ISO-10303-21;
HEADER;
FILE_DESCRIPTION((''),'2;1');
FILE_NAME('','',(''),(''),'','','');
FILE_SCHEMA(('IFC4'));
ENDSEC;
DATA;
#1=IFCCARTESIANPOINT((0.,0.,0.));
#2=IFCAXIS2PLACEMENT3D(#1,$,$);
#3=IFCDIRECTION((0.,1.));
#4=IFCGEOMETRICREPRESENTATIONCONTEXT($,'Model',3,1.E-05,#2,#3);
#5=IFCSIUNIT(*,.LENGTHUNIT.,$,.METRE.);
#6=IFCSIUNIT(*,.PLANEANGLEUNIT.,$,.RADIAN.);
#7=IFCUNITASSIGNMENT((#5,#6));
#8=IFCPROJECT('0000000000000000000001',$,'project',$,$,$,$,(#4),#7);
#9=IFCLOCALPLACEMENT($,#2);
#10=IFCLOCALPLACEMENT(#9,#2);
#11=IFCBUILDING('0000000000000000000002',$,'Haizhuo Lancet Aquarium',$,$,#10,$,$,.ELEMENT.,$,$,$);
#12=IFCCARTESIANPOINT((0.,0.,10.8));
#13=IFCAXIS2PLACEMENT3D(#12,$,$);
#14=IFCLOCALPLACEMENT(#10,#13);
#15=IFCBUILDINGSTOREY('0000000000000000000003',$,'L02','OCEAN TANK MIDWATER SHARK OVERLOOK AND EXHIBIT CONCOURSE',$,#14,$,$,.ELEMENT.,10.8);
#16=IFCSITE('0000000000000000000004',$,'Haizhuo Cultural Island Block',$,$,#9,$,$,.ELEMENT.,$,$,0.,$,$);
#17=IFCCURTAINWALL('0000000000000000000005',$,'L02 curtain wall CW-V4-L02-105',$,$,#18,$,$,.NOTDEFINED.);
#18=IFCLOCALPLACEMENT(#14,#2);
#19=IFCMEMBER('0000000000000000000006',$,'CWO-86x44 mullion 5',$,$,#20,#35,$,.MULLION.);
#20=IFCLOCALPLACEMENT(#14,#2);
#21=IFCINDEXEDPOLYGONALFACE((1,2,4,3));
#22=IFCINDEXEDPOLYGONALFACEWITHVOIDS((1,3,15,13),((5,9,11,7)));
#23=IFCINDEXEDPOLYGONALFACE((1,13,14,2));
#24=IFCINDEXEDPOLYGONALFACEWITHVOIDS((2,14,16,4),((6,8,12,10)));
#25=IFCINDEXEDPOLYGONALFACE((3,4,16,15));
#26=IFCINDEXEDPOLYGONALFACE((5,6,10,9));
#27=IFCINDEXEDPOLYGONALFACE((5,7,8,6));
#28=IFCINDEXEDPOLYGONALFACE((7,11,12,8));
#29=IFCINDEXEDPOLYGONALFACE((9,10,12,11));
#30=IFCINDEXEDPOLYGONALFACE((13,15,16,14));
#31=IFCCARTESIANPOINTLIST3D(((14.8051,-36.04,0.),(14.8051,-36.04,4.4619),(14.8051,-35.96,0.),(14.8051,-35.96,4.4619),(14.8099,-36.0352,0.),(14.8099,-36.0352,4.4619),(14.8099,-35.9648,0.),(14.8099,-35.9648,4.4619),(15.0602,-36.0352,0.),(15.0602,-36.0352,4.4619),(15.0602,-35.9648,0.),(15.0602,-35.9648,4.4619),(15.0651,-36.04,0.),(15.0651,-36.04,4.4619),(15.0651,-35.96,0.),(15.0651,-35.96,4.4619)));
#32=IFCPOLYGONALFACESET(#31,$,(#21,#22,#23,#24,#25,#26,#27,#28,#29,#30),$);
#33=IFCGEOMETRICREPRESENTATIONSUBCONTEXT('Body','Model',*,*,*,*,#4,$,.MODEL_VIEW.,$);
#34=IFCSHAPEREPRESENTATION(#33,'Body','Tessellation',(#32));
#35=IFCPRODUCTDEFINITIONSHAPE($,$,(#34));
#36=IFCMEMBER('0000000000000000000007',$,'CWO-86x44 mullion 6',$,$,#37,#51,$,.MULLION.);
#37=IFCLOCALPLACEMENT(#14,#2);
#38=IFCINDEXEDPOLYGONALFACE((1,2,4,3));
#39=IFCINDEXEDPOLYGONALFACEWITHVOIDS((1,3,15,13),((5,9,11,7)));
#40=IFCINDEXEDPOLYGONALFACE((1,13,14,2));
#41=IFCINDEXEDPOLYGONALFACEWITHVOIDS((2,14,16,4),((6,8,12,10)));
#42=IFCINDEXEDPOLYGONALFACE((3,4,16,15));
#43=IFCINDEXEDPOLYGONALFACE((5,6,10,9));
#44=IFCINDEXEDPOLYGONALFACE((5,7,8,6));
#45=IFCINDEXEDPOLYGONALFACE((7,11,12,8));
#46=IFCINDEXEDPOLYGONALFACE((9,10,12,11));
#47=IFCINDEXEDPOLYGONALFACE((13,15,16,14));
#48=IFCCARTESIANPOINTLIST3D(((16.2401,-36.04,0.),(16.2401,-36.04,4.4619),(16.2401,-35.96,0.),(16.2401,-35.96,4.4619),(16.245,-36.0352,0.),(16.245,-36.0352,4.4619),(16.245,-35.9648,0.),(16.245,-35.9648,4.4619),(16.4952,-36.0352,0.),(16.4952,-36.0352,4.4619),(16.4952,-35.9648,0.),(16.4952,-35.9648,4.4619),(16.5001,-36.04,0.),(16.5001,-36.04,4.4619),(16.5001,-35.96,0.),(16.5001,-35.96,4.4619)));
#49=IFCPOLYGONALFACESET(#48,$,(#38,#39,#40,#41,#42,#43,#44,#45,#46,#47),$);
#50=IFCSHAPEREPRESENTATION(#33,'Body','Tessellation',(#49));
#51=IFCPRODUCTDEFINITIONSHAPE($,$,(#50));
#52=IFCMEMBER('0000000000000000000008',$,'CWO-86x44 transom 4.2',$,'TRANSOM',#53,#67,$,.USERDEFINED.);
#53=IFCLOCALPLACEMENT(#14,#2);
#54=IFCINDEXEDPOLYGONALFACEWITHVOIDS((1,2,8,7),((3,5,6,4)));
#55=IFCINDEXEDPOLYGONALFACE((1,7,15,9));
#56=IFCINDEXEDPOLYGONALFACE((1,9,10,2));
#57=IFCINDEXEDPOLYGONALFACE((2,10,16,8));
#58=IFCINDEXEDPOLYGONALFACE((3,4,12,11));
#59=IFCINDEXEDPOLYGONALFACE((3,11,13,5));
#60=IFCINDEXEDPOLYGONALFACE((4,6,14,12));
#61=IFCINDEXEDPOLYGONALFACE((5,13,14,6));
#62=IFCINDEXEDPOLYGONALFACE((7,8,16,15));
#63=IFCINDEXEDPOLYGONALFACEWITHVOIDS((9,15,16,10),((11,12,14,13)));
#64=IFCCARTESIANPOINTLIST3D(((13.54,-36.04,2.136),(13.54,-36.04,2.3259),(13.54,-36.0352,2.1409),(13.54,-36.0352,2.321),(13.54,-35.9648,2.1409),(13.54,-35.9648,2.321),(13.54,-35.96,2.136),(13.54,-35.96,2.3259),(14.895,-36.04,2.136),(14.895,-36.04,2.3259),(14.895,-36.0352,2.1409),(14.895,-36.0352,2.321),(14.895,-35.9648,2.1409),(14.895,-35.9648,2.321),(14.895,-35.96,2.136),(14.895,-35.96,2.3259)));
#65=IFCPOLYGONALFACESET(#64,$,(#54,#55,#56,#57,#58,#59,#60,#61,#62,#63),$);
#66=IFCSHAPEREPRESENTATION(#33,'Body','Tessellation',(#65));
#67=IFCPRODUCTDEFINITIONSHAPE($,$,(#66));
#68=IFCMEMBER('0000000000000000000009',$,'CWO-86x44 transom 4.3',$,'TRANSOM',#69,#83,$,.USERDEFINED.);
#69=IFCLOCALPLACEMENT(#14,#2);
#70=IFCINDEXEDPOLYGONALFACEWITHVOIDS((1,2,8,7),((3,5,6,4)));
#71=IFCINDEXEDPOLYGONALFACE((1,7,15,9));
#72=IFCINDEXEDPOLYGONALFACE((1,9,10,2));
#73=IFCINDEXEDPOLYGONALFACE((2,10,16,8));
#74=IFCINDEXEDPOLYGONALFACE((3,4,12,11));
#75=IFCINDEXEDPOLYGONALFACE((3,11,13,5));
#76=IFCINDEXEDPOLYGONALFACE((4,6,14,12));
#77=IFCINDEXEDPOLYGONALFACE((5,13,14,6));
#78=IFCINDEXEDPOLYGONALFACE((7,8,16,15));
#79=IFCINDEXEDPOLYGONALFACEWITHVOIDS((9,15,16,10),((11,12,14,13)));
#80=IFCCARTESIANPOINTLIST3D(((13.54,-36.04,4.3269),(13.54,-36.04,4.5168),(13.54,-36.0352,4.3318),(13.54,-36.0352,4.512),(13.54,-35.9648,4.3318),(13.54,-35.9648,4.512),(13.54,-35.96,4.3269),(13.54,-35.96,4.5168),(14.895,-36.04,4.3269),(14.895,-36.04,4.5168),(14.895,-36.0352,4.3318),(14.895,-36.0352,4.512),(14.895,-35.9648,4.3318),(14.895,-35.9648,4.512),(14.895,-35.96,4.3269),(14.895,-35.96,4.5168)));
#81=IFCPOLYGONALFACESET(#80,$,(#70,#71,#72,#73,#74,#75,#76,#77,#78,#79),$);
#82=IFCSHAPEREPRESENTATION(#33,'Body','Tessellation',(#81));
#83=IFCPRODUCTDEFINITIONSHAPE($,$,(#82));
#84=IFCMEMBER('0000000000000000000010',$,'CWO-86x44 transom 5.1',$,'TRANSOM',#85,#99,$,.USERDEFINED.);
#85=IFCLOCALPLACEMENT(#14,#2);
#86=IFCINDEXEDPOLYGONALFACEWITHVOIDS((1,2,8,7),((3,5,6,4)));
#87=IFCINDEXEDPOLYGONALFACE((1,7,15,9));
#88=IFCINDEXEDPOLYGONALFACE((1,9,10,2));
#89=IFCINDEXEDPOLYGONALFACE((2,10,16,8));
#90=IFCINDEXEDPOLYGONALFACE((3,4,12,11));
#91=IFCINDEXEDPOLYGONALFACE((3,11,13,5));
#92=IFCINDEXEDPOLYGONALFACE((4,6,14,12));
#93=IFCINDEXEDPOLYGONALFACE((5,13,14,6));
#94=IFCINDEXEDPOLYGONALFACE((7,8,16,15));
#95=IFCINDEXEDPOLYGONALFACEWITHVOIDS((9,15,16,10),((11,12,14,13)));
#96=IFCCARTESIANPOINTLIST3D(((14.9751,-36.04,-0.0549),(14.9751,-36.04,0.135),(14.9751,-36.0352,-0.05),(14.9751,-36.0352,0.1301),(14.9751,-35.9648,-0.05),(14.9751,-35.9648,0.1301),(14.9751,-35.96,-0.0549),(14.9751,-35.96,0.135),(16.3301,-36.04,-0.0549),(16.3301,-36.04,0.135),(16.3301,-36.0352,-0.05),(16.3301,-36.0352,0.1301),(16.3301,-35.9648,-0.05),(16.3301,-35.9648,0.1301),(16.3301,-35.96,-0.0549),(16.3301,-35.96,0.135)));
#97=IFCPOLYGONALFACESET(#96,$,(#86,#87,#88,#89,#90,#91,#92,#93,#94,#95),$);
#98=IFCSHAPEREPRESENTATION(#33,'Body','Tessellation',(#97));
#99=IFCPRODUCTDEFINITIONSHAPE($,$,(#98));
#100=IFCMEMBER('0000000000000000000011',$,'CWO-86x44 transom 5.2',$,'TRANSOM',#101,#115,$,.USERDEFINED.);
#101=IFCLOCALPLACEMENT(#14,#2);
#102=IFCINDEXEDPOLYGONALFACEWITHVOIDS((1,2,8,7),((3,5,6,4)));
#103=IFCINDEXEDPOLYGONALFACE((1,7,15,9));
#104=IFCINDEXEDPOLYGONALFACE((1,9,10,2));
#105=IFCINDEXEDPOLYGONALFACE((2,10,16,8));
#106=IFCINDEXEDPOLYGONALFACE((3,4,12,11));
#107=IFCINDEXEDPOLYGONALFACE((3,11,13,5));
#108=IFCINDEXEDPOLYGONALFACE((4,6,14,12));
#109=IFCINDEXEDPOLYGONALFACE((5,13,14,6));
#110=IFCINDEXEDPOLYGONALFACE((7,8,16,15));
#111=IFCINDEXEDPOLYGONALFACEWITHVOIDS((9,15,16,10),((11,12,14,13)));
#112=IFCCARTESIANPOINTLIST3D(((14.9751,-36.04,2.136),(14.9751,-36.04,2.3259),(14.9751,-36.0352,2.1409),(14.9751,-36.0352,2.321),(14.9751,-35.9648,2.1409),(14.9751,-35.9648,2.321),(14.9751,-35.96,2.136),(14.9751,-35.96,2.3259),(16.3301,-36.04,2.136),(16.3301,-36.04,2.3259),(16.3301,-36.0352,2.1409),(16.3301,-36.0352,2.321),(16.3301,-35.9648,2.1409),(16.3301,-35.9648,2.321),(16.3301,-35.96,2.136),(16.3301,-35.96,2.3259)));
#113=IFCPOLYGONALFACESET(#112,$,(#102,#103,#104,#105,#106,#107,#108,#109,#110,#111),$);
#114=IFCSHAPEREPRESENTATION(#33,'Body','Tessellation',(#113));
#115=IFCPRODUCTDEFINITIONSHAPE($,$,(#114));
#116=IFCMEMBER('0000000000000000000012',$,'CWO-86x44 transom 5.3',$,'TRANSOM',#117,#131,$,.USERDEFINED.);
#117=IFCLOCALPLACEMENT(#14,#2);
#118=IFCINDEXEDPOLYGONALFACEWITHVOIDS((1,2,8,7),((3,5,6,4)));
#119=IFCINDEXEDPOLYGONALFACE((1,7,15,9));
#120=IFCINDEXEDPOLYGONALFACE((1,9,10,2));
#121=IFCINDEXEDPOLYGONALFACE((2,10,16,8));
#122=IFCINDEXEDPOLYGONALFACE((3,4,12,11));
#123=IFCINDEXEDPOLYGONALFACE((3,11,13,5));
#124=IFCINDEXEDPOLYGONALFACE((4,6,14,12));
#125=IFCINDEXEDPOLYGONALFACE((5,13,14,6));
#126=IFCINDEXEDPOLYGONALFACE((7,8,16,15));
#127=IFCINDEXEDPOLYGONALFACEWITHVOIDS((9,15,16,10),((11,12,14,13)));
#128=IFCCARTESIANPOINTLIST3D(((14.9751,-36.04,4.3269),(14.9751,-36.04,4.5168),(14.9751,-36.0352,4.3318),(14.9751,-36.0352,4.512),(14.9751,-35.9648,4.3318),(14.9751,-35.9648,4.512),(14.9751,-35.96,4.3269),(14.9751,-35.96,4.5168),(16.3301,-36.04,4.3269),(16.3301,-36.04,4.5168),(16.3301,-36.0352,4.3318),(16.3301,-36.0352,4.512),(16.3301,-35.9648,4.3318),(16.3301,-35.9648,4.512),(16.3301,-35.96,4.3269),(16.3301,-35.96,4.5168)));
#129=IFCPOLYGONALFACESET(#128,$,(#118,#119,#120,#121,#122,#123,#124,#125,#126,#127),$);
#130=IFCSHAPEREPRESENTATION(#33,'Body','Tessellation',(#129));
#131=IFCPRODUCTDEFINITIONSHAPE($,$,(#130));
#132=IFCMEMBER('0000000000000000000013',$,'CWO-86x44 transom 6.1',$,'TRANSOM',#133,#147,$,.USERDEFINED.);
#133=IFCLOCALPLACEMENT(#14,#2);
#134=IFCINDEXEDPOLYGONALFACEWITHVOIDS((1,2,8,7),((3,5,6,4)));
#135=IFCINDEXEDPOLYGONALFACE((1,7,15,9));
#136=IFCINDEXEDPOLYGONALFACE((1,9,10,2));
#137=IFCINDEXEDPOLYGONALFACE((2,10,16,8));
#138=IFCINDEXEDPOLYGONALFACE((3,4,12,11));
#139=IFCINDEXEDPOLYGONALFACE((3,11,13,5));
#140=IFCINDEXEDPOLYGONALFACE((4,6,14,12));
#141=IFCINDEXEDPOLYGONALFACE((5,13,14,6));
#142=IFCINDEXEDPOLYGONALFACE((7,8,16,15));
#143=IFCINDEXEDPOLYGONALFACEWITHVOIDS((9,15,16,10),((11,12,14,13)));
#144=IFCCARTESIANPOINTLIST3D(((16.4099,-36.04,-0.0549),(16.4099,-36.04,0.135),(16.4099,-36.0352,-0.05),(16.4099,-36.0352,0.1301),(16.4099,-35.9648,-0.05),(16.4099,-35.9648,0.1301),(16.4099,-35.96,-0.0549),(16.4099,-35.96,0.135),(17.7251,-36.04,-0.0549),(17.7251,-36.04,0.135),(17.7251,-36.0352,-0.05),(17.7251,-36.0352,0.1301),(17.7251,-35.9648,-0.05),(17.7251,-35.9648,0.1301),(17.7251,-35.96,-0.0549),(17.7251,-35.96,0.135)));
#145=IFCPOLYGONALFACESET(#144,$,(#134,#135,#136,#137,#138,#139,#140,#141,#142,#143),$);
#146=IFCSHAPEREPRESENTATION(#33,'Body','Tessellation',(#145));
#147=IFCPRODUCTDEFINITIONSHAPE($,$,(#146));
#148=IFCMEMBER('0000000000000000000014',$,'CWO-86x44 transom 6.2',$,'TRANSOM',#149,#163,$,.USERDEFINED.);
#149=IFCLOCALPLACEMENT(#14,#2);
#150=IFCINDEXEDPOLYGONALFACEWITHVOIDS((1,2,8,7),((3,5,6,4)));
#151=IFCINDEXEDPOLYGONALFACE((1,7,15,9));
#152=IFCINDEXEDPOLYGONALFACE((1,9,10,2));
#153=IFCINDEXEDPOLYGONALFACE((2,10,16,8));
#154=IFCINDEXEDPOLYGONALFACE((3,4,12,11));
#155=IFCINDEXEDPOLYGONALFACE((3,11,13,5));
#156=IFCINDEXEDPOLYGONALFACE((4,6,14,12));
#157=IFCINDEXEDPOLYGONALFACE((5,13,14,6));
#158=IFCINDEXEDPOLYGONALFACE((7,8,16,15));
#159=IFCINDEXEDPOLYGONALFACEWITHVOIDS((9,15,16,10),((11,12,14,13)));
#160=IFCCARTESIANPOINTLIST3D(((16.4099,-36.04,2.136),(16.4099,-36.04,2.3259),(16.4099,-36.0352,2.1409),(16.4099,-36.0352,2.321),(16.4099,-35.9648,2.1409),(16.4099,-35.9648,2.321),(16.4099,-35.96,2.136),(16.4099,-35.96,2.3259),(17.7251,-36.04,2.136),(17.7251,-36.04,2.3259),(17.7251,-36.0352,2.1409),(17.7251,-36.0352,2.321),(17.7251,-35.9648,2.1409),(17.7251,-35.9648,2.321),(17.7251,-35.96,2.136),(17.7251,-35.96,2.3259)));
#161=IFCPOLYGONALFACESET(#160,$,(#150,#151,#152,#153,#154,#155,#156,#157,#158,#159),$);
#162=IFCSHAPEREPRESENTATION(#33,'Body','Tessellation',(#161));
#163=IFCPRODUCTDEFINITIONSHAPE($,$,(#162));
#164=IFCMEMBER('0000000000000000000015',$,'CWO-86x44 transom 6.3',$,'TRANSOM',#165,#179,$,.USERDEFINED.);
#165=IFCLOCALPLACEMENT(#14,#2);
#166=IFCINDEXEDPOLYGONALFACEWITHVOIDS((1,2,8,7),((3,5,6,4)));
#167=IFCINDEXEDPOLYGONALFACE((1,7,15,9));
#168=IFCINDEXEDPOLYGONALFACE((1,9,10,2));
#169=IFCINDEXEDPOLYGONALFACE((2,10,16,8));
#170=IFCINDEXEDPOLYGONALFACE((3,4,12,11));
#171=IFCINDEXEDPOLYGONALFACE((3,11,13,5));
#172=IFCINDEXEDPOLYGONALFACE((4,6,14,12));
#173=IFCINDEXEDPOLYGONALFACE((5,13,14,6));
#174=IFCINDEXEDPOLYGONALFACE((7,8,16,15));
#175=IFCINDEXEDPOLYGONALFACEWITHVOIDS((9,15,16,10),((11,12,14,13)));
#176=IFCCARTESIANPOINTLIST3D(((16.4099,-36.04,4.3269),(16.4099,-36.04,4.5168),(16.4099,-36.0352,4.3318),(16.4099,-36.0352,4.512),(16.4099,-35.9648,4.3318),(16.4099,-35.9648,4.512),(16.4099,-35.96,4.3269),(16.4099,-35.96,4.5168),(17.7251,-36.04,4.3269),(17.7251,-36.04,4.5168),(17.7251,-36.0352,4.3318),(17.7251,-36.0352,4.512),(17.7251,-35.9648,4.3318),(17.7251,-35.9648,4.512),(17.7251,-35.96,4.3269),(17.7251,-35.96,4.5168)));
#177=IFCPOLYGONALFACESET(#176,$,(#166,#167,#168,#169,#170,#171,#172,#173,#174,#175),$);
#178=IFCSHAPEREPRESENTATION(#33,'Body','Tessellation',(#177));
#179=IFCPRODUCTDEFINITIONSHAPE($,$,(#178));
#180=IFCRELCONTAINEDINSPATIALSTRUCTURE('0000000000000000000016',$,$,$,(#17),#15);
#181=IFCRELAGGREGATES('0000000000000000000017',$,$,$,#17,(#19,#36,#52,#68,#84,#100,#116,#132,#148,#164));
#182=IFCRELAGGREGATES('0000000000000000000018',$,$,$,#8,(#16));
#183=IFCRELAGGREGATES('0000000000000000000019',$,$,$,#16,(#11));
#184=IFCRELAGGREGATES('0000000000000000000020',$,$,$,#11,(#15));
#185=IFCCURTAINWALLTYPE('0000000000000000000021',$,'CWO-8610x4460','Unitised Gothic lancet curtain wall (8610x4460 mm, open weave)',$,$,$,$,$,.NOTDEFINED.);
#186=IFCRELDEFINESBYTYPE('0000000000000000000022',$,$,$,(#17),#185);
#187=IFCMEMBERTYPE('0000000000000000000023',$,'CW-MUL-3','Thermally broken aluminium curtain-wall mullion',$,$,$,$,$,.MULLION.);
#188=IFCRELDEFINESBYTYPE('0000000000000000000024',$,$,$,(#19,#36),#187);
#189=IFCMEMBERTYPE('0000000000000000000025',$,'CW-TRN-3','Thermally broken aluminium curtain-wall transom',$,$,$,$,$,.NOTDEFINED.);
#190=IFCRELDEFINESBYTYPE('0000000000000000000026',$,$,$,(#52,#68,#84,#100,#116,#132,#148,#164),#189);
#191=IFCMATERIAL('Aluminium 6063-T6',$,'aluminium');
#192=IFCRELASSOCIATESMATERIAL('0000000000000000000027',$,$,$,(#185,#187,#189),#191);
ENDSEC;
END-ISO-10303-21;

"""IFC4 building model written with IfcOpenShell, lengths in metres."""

from ifc_helpers import new_model, si_unit, direction, frame, origin, origin_2d, place, context, subcontext, project, spatial, hollow_rectangle, extrude, material, material_profile, profile_set, type_object, element, aggregate, save


model = new_model("IFC4")

# Units and contexts
model_context = context("Model", 3, precision=1e-05, world=origin(), true_north=direction((0.0, 1.0)))
body_context = subcontext(model_context, "Body", "Model", "MODEL_VIEW")
ifc_project = project(units=[si_unit("LENGTHUNIT", "METRE"), si_unit("PLANEANGLEUNIT", "RADIAN")], contexts=[model_context])

# Site, building, storey
site_placement = place(None, origin())
site = spatial("IfcSite", under=ifc_project, at=site_placement, Name="Haizhuo Cultural Island Block", CompositionType="ELEMENT", RefElevation=0.0)
building_placement = place(site_placement, origin())
building = spatial("IfcBuilding", under=site, at=building_placement, Name="Haizhuo Lancet Aquarium", CompositionType="ELEMENT")
storey_placement = place(building_placement, frame((0.0, 0.0, 10.8)))
storey = spatial("IfcBuildingStorey", under=building, at=storey_placement, Name="L02", Description="OCEAN TANK MIDWATER SHARK OVERLOOK AND EXHIBIT CONCOURSE", CompositionType="ELEMENT", Elevation=10.8)

# Curtain wall, members
ifc_material_1 = material(Name="Aluminium 6063-T6", Category="aluminium")
curtain_wall_type = type_object("IfcCurtainWallType", Name="CWO-8610x4460", Description="Unitised Gothic lancet curtain wall (8610x4460 mm, open weave)", PredefinedType="NOTDEFINED", material=ifc_material_1)
curtain_wall_placement = place(storey_placement, origin())
curtain_wall = element("IfcCurtainWall", 1, at=curtain_wall_placement, inside=storey, type_object=curtain_wall_type, Name="L02 curtain wall CW-V4-L02-105", PredefinedType="NOTDEFINED")
ifc_material_profile_1 = material_profile(ifc_material_1, hollow_rectangle(XDim=0.0801, YDim=0.26, WallThickness=0.0049, at=origin_2d()), Name="ALU-M 80x260x5")
ifc_profile_set_1 = profile_set([ifc_material_profile_1], Name="Aluminium 6063-T6")
member_type_1 = type_object("IfcMemberType", Name="CW-MUL-3", Description="Thermally broken aluminium curtain-wall mullion", PredefinedType="MULLION", material=ifc_profile_set_1)
member_1_placement = place(storey_placement, frame((14.9351, -36.0, 0.0), z_axis=(0.0, 0.0, 1.0), x_axis=(0.0, 1.0, 0.0)))
member_1 = element("IfcMember", 2, at=member_1_placement, type_object=member_type_1, Name="CWO-86x44 mullion 5", PredefinedType="MULLION", context=body_context, shape_type="SweptSolid", body=[
    extrude(hollow_rectangle(XDim=0.0801, YDim=0.26, WallThickness=0.0049, at=origin_2d()), origin(), (0.0, 0.0, 1.0), 4.4619),
])
member_2_placement = place(storey_placement, frame((16.3701, -36.0, 0.0), z_axis=(0.0, 0.0, 1.0), x_axis=(0.0, 1.0, 0.0)))
member_2 = element("IfcMember", 3, at=member_2_placement, type_object=member_type_1, Name="CWO-86x44 mullion 6", PredefinedType="MULLION", context=body_context, shape_type="SweptSolid", body=[
    extrude(hollow_rectangle(XDim=0.0801, YDim=0.26, WallThickness=0.0049, at=origin_2d()), origin(), (0.0, 0.0, 1.0), 4.4619),
])
ifc_material_profile_2 = material_profile(ifc_material_1, hollow_rectangle(XDim=0.0801, YDim=0.1899, WallThickness=0.0049, at=origin_2d()), Name="ALU-T 80x190x5")
ifc_profile_set_2 = profile_set([ifc_material_profile_2], Name="Aluminium 6063-T6")
member_type_2 = type_object("IfcMemberType", Name="CW-TRN-3", Description="Thermally broken aluminium curtain-wall transom", PredefinedType="NOTDEFINED", material=ifc_profile_set_2)
member_3_placement = place(storey_placement, frame((13.54, -36.0, 2.231), z_axis=(1.0, 0.0, 0.0), x_axis=(0.0, 1.0, 0.0)))
member_3 = element("IfcMember", 4, at=member_3_placement, type_object=member_type_2, Name="CWO-86x44 transom 4.2", ObjectType="TRANSOM", PredefinedType="USERDEFINED", context=body_context, shape_type="SweptSolid", body=[
    extrude(hollow_rectangle(XDim=0.0801, YDim=0.1899, WallThickness=0.0049, at=origin_2d()), origin(), (0.0, 0.0, 1.0), 1.355),
])
member_4_placement = place(storey_placement, frame((13.54, -36.0, 4.4219), z_axis=(1.0, 0.0, 0.0), x_axis=(0.0, 1.0, 0.0)))
member_4 = element("IfcMember", 5, at=member_4_placement, type_object=member_type_2, Name="CWO-86x44 transom 4.3", ObjectType="TRANSOM", PredefinedType="USERDEFINED", context=body_context, shape_type="SweptSolid", body=[
    extrude(hollow_rectangle(XDim=0.0801, YDim=0.1899, WallThickness=0.0049, at=origin_2d()), origin(), (0.0, 0.0, 1.0), 1.355),
])
member_5_placement = place(storey_placement, frame((14.9751, -36.0, 0.04), z_axis=(1.0, 0.0, 0.0), x_axis=(0.0, 1.0, 0.0)))
member_5 = element("IfcMember", 6, at=member_5_placement, type_object=member_type_2, Name="CWO-86x44 transom 5.1", ObjectType="TRANSOM", PredefinedType="USERDEFINED", context=body_context, shape_type="SweptSolid", body=[
    extrude(hollow_rectangle(XDim=0.0801, YDim=0.1899, WallThickness=0.0049, at=origin_2d()), origin(), (0.0, 0.0, 1.0), 1.355),
])
member_6_placement = place(storey_placement, frame((14.9751, -36.0, 2.231), z_axis=(1.0, 0.0, 0.0), x_axis=(0.0, 1.0, 0.0)))
member_6 = element("IfcMember", 7, at=member_6_placement, type_object=member_type_2, Name="CWO-86x44 transom 5.2", ObjectType="TRANSOM", PredefinedType="USERDEFINED", context=body_context, shape_type="SweptSolid", body=[
    extrude(hollow_rectangle(XDim=0.0801, YDim=0.1899, WallThickness=0.0049, at=origin_2d()), origin(), (0.0, 0.0, 1.0), 1.355),
])
member_7_placement = place(storey_placement, frame((14.9751, -36.0, 4.4219), z_axis=(1.0, 0.0, 0.0), x_axis=(0.0, 1.0, 0.0)))
member_7 = element("IfcMember", 8, at=member_7_placement, type_object=member_type_2, Name="CWO-86x44 transom 5.3", ObjectType="TRANSOM", PredefinedType="USERDEFINED", context=body_context, shape_type="SweptSolid", body=[
    extrude(hollow_rectangle(XDim=0.0801, YDim=0.1899, WallThickness=0.0049, at=origin_2d()), origin(), (0.0, 0.0, 1.0), 1.355),
])
member_8_placement = place(storey_placement, frame((16.4099, -36.0, 0.04), z_axis=(1.0, 0.0, 0.0), x_axis=(0.0, 1.0, 0.0)))
member_8 = element("IfcMember", 9, at=member_8_placement, type_object=member_type_2, Name="CWO-86x44 transom 6.1", ObjectType="TRANSOM", PredefinedType="USERDEFINED", context=body_context, shape_type="SweptSolid", body=[
    extrude(hollow_rectangle(XDim=0.0801, YDim=0.1899, WallThickness=0.0049, at=origin_2d()), origin(), (0.0, 0.0, 1.0), 1.3152),
])
member_9_placement = place(storey_placement, frame((16.4099, -36.0, 2.231), z_axis=(1.0, 0.0, 0.0), x_axis=(0.0, 1.0, 0.0)))
member_9 = element("IfcMember", 10, at=member_9_placement, type_object=member_type_2, Name="CWO-86x44 transom 6.2", ObjectType="TRANSOM", PredefinedType="USERDEFINED", context=body_context, shape_type="SweptSolid", body=[
    extrude(hollow_rectangle(XDim=0.0801, YDim=0.1899, WallThickness=0.0049, at=origin_2d()), origin(), (0.0, 0.0, 1.0), 1.3152),
])
member_10_placement = place(storey_placement, frame((16.4099, -36.0, 4.4219), z_axis=(1.0, 0.0, 0.0), x_axis=(0.0, 1.0, 0.0)))
member_10 = element("IfcMember", 11, at=member_10_placement, type_object=member_type_2, Name="CWO-86x44 transom 6.3", ObjectType="TRANSOM", PredefinedType="USERDEFINED", context=body_context, shape_type="SweptSolid", body=[
    extrude(hollow_rectangle(XDim=0.0801, YDim=0.1899, WallThickness=0.0049, at=origin_2d()), origin(), (0.0, 0.0, 1.0), 1.3152),
])

aggregate(curtain_wall, [member_1, member_2, member_3, member_4, member_5, member_6, member_7, member_8, member_9, member_10])

save(model, "model.ifc")
